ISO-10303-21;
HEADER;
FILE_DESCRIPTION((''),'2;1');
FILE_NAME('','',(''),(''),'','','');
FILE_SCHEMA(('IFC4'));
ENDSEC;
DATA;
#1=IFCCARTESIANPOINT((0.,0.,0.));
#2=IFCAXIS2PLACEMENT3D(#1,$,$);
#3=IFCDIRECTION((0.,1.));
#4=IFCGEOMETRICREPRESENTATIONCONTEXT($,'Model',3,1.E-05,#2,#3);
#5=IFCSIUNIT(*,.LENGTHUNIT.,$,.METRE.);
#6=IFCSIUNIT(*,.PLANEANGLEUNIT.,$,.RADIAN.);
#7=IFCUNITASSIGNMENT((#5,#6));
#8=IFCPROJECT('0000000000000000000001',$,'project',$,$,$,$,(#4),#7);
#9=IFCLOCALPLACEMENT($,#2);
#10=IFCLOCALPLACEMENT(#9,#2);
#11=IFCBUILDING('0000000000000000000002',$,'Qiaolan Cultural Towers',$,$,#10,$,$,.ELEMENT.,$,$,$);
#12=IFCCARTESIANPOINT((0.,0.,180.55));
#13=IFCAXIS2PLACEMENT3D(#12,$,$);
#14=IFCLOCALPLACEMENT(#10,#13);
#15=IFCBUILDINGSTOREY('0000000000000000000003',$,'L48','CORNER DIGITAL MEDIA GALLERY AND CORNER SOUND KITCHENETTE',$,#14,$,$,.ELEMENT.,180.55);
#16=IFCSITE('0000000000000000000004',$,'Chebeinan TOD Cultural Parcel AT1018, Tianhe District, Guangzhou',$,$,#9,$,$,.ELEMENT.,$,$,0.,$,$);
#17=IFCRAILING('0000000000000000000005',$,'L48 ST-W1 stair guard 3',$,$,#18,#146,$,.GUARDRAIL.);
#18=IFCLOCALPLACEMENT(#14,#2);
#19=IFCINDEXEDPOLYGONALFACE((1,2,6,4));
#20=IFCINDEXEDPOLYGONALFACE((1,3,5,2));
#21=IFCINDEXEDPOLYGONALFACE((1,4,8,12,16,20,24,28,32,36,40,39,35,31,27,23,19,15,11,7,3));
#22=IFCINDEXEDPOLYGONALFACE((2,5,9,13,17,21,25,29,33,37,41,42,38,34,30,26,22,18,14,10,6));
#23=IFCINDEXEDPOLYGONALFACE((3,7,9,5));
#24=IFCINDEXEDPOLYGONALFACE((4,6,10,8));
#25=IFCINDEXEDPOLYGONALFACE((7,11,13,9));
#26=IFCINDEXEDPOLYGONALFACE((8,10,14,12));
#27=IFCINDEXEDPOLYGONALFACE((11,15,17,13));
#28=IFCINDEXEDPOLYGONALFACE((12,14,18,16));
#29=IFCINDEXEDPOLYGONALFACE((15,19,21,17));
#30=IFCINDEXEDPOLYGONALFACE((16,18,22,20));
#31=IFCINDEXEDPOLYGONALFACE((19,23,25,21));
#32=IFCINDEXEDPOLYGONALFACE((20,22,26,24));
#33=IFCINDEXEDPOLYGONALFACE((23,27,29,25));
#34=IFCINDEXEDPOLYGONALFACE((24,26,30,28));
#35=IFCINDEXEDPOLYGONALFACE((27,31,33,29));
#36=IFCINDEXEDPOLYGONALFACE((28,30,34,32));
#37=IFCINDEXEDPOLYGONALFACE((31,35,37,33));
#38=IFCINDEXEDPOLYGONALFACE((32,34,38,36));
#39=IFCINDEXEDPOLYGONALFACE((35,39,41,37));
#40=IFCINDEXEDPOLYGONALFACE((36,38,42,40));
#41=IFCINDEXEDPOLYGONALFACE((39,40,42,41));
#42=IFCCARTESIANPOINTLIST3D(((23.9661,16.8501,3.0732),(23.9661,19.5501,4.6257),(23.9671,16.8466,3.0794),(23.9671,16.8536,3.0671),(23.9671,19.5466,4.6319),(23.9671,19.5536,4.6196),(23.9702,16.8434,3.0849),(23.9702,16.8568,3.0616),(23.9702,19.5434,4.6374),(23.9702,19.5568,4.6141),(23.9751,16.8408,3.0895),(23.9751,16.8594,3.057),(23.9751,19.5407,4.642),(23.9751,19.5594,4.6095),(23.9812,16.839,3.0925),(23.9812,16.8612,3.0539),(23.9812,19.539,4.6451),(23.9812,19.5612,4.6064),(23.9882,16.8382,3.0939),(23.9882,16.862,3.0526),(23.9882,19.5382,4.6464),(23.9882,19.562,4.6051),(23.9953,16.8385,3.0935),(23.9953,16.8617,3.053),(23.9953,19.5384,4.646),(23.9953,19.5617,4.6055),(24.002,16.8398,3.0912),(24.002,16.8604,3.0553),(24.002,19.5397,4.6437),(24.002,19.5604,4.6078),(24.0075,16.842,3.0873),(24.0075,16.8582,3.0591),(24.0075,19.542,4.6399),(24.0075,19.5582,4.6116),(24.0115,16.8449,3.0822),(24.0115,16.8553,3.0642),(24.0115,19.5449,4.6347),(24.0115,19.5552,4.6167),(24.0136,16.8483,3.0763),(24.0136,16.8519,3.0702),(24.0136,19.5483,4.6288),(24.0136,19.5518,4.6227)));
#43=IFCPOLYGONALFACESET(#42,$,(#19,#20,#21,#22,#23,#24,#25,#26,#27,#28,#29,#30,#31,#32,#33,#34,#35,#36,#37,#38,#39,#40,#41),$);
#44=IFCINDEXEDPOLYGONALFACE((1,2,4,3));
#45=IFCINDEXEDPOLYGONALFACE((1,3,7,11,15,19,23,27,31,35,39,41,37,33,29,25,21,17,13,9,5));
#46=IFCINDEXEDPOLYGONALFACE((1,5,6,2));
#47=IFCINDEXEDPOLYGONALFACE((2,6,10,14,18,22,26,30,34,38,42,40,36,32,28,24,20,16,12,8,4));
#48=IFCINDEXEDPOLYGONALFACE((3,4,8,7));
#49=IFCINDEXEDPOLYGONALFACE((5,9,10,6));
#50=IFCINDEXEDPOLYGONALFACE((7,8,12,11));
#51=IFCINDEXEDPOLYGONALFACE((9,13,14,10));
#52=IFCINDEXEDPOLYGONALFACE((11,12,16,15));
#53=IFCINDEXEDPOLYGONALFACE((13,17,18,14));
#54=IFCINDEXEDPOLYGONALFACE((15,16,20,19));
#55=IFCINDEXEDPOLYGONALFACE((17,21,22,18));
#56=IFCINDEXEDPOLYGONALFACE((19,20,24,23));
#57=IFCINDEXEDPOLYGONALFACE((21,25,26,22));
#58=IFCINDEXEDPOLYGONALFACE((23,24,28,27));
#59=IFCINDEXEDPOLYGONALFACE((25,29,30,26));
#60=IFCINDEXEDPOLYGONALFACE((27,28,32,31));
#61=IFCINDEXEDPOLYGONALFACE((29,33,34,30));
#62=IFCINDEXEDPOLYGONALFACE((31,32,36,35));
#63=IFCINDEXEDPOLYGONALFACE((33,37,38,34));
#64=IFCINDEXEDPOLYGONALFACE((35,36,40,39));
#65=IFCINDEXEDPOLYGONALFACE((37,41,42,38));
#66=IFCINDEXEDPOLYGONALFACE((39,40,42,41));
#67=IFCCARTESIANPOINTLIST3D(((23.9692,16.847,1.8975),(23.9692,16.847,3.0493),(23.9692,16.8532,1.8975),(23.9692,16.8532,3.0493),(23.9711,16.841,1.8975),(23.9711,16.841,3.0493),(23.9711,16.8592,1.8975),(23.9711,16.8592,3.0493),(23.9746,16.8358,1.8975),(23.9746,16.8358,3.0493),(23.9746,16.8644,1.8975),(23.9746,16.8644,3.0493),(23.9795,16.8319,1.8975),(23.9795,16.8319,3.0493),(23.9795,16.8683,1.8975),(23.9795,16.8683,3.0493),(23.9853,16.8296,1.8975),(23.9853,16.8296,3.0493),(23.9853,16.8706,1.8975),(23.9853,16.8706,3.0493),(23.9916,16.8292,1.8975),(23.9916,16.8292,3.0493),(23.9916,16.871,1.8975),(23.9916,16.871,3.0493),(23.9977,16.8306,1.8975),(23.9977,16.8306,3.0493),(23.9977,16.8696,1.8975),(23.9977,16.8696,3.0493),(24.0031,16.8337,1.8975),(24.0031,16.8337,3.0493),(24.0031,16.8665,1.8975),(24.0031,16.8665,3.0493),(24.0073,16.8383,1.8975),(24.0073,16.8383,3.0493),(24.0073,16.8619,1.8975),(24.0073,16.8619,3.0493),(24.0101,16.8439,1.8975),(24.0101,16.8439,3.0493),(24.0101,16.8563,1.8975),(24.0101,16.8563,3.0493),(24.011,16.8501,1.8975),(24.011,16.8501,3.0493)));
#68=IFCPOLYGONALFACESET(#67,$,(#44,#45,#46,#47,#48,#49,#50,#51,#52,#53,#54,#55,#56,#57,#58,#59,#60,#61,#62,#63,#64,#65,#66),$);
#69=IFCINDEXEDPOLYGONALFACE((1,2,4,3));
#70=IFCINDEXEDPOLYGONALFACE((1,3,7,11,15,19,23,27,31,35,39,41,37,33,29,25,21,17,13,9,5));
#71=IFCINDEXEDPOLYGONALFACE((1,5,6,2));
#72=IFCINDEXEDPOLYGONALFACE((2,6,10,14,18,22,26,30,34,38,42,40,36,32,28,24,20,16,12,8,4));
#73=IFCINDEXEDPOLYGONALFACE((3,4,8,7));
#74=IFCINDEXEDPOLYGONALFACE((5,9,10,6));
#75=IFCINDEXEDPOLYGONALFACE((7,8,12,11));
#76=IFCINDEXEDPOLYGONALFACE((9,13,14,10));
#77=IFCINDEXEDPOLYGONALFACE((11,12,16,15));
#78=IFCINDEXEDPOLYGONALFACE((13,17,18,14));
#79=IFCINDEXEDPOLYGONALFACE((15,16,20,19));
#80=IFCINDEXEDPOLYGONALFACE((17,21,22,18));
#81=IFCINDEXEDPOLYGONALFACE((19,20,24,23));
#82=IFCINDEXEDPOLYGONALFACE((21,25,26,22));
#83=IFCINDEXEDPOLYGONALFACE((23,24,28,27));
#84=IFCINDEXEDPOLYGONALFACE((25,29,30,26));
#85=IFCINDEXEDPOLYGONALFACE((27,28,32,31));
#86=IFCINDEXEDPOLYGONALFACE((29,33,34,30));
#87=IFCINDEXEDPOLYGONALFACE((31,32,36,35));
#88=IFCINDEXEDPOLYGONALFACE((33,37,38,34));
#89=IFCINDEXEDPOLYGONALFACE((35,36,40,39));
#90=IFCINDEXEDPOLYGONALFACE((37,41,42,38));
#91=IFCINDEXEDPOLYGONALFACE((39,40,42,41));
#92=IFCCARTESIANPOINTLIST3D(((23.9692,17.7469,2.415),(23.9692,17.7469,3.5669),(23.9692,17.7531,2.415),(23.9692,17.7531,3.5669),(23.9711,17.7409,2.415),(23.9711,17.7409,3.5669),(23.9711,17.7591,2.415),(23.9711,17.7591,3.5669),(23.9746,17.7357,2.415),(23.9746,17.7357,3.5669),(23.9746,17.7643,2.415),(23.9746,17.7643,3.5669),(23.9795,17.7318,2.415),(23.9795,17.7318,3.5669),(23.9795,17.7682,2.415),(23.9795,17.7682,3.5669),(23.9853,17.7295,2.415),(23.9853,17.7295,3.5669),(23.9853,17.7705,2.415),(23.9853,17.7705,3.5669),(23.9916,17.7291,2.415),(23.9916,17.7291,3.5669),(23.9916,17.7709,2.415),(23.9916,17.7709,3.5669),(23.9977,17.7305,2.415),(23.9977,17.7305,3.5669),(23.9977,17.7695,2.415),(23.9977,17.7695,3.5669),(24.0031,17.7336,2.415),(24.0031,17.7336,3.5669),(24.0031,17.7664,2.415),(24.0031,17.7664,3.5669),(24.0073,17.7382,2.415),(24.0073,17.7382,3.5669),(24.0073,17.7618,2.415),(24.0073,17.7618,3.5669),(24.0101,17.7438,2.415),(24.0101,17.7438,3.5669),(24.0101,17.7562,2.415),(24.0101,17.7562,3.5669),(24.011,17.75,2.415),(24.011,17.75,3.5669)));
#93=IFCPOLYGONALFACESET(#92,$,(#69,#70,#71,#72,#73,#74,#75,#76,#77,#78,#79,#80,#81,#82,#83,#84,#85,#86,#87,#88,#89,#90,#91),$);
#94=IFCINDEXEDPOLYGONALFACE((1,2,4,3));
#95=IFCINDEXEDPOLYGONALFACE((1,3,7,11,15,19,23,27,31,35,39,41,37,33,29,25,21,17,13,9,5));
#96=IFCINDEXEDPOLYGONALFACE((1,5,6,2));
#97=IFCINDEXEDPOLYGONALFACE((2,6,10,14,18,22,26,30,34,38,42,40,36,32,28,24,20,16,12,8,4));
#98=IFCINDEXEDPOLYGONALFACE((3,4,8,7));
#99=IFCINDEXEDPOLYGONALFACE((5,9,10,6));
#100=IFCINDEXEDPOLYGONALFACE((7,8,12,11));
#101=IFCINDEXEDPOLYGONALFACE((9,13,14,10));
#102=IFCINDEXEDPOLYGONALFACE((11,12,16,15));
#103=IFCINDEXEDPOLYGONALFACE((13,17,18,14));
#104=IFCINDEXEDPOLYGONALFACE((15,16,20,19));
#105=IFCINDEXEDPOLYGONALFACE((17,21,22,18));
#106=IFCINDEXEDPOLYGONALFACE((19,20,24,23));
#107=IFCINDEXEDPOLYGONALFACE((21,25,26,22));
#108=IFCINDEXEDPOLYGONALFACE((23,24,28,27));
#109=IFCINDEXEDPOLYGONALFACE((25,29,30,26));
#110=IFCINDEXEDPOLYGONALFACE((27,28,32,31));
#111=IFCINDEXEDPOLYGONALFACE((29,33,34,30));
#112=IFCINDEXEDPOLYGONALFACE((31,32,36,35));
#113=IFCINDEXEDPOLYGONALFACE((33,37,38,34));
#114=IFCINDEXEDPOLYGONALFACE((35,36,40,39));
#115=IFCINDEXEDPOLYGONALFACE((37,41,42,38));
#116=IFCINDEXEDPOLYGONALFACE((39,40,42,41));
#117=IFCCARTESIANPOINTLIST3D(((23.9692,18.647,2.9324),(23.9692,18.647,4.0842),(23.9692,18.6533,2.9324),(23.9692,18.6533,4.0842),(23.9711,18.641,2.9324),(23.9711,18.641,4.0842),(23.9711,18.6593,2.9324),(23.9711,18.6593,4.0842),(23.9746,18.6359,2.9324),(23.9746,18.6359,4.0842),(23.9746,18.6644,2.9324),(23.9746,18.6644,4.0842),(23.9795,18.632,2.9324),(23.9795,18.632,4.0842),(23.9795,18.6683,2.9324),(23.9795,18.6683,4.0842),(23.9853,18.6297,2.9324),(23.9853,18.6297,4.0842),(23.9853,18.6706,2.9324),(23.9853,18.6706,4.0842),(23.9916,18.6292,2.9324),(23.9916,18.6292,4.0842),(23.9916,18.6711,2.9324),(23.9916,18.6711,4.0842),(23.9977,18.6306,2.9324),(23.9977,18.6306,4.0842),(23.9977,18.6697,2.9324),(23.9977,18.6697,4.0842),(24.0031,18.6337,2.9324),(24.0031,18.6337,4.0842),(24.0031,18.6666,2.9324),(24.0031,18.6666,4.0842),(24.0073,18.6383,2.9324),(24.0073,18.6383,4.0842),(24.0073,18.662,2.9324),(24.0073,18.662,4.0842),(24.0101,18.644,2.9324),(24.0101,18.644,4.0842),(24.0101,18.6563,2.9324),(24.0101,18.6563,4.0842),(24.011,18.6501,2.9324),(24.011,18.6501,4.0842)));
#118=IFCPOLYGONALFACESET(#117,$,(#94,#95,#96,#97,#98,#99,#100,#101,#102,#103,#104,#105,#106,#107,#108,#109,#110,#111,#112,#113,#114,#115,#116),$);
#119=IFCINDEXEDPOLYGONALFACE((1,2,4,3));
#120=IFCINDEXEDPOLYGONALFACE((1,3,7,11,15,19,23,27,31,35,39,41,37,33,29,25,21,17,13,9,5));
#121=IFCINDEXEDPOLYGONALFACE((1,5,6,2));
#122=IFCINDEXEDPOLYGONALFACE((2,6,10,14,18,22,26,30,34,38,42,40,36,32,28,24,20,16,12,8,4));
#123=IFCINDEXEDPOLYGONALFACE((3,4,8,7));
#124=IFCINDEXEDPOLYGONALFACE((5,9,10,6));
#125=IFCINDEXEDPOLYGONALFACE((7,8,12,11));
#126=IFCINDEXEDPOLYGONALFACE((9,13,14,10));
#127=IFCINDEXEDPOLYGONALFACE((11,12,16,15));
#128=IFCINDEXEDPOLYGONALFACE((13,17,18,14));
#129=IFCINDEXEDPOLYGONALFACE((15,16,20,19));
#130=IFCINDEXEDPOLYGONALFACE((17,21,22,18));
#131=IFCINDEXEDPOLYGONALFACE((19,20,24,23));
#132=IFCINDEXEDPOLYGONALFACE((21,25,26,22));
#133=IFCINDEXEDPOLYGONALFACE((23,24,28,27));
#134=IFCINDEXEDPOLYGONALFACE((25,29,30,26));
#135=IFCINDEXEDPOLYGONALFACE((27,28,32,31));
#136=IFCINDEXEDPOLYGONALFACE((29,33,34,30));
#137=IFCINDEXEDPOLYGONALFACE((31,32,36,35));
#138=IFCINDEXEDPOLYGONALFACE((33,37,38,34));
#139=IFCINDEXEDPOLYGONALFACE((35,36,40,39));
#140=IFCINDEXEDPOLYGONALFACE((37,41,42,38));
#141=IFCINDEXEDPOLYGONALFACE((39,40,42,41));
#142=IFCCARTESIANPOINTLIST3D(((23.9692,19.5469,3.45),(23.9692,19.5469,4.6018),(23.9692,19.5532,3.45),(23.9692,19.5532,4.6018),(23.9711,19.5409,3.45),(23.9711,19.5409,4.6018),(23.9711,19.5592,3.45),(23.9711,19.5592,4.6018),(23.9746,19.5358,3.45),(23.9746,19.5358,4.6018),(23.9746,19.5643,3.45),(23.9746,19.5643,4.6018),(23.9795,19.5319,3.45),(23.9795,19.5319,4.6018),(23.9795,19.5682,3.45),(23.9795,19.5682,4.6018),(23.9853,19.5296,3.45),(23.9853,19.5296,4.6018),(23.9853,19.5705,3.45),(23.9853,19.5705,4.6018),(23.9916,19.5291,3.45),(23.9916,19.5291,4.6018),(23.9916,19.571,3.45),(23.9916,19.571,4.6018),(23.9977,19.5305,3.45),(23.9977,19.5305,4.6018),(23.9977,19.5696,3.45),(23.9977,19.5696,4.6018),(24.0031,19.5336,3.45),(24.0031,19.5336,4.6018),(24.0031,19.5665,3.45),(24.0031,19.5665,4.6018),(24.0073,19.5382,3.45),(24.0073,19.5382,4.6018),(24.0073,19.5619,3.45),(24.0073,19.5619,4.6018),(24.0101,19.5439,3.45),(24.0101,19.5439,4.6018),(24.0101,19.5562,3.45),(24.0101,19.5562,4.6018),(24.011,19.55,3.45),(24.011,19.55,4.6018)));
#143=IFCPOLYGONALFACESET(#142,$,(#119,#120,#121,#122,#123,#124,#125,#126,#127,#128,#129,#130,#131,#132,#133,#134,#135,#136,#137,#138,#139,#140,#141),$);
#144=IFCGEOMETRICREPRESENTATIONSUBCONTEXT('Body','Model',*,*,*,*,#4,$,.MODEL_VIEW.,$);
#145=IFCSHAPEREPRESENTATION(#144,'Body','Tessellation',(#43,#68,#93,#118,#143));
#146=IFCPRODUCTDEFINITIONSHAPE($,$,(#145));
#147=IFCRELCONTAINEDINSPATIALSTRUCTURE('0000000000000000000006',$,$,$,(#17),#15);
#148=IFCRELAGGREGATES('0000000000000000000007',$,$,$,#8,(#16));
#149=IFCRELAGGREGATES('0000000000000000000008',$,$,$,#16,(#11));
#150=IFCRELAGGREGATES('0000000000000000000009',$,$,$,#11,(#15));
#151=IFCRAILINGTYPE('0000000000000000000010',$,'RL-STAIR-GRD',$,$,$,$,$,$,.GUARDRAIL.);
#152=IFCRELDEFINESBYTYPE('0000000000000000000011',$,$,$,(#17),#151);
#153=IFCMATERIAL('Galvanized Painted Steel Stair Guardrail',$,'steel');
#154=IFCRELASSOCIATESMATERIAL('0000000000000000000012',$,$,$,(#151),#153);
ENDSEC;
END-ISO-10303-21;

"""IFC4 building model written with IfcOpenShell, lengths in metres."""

from ifc_helpers import new_model, si_unit, direction, frame, origin, origin_2d, place, context, subcontext, project, spatial, circle, extrude, material, type_object, element, save


model = new_model("IFC4")

# Units and contexts
model_context = context("Model", 3, precision=1e-05, world=origin(), true_north=direction((0.0, 1.0)))
body_context = subcontext(model_context, "Body", "Model", "MODEL_VIEW")
ifc_project = project(units=[si_unit("LENGTHUNIT", "METRE"), si_unit("PLANEANGLEUNIT", "RADIAN")], contexts=[model_context])

# Site, building, storey
site_placement = place(None, origin())
site = spatial("IfcSite", under=ifc_project, at=site_placement, Name="Chebeinan TOD Cultural Parcel AT1018, Tianhe District, Guangzhou", CompositionType="ELEMENT", RefElevation=0.0)
building_placement = place(site_placement, origin())
building = spatial("IfcBuilding", under=site, at=building_placement, Name="Qiaolan Cultural Towers", CompositionType="ELEMENT")
storey_placement = place(building_placement, frame((0.0, 0.0, 180.55)))
storey = spatial("IfcBuildingStorey", under=building, at=storey_placement, Name="L48", Description="CORNER DIGITAL MEDIA GALLERY AND CORNER SOUND KITCHENETTE", CompositionType="ELEMENT", Elevation=180.55)

# Railing
ifc_material_1 = material(Name="Galvanized Painted Steel Stair Guardrail", Category="steel")
railing_type_1 = type_object("IfcRailingType", Name="RL-STAIR-GRD", PredefinedType="GUARDRAIL", material=ifc_material_1)
railing_1_placement = place(storey_placement, frame((23.99, 16.8501, 1.8975)))
element("IfcRailing", 1, at=railing_1_placement, inside=storey, type_object=railing_type_1, Name="L48 ST-W1 stair guard 3", PredefinedType="GUARDRAIL", context=body_context, shape_type="SweptSolid", body=[
    extrude(circle(Radius=0.0239, at=origin_2d()), frame((0.0, 0.0, 1.1758), z_axis=(0.0, 0.866904, 0.498476), x_axis=(-1.0, 0.0, 0.0)), (0.0, 0.0, 1.0), 3.1145),
    extrude(circle(Radius=0.021, at=origin_2d()), origin(), (0.0, 0.0, 1.0), 1.1519),
    extrude(circle(Radius=0.021, at=origin_2d()), frame((0.0, 0.8999, 0.5176)), (0.0, 0.0, 1.0), 1.1519),
    extrude(circle(Radius=0.021, at=origin_2d()), frame((0.0, 1.8, 1.0349)), (0.0, 0.0, 1.0), 1.1519),
    extrude(circle(Radius=0.021, at=origin_2d()), frame((0.0, 2.7, 1.5525)), (0.0, 0.0, 1.0), 1.1519),
])

save(model, "model.ifc")
